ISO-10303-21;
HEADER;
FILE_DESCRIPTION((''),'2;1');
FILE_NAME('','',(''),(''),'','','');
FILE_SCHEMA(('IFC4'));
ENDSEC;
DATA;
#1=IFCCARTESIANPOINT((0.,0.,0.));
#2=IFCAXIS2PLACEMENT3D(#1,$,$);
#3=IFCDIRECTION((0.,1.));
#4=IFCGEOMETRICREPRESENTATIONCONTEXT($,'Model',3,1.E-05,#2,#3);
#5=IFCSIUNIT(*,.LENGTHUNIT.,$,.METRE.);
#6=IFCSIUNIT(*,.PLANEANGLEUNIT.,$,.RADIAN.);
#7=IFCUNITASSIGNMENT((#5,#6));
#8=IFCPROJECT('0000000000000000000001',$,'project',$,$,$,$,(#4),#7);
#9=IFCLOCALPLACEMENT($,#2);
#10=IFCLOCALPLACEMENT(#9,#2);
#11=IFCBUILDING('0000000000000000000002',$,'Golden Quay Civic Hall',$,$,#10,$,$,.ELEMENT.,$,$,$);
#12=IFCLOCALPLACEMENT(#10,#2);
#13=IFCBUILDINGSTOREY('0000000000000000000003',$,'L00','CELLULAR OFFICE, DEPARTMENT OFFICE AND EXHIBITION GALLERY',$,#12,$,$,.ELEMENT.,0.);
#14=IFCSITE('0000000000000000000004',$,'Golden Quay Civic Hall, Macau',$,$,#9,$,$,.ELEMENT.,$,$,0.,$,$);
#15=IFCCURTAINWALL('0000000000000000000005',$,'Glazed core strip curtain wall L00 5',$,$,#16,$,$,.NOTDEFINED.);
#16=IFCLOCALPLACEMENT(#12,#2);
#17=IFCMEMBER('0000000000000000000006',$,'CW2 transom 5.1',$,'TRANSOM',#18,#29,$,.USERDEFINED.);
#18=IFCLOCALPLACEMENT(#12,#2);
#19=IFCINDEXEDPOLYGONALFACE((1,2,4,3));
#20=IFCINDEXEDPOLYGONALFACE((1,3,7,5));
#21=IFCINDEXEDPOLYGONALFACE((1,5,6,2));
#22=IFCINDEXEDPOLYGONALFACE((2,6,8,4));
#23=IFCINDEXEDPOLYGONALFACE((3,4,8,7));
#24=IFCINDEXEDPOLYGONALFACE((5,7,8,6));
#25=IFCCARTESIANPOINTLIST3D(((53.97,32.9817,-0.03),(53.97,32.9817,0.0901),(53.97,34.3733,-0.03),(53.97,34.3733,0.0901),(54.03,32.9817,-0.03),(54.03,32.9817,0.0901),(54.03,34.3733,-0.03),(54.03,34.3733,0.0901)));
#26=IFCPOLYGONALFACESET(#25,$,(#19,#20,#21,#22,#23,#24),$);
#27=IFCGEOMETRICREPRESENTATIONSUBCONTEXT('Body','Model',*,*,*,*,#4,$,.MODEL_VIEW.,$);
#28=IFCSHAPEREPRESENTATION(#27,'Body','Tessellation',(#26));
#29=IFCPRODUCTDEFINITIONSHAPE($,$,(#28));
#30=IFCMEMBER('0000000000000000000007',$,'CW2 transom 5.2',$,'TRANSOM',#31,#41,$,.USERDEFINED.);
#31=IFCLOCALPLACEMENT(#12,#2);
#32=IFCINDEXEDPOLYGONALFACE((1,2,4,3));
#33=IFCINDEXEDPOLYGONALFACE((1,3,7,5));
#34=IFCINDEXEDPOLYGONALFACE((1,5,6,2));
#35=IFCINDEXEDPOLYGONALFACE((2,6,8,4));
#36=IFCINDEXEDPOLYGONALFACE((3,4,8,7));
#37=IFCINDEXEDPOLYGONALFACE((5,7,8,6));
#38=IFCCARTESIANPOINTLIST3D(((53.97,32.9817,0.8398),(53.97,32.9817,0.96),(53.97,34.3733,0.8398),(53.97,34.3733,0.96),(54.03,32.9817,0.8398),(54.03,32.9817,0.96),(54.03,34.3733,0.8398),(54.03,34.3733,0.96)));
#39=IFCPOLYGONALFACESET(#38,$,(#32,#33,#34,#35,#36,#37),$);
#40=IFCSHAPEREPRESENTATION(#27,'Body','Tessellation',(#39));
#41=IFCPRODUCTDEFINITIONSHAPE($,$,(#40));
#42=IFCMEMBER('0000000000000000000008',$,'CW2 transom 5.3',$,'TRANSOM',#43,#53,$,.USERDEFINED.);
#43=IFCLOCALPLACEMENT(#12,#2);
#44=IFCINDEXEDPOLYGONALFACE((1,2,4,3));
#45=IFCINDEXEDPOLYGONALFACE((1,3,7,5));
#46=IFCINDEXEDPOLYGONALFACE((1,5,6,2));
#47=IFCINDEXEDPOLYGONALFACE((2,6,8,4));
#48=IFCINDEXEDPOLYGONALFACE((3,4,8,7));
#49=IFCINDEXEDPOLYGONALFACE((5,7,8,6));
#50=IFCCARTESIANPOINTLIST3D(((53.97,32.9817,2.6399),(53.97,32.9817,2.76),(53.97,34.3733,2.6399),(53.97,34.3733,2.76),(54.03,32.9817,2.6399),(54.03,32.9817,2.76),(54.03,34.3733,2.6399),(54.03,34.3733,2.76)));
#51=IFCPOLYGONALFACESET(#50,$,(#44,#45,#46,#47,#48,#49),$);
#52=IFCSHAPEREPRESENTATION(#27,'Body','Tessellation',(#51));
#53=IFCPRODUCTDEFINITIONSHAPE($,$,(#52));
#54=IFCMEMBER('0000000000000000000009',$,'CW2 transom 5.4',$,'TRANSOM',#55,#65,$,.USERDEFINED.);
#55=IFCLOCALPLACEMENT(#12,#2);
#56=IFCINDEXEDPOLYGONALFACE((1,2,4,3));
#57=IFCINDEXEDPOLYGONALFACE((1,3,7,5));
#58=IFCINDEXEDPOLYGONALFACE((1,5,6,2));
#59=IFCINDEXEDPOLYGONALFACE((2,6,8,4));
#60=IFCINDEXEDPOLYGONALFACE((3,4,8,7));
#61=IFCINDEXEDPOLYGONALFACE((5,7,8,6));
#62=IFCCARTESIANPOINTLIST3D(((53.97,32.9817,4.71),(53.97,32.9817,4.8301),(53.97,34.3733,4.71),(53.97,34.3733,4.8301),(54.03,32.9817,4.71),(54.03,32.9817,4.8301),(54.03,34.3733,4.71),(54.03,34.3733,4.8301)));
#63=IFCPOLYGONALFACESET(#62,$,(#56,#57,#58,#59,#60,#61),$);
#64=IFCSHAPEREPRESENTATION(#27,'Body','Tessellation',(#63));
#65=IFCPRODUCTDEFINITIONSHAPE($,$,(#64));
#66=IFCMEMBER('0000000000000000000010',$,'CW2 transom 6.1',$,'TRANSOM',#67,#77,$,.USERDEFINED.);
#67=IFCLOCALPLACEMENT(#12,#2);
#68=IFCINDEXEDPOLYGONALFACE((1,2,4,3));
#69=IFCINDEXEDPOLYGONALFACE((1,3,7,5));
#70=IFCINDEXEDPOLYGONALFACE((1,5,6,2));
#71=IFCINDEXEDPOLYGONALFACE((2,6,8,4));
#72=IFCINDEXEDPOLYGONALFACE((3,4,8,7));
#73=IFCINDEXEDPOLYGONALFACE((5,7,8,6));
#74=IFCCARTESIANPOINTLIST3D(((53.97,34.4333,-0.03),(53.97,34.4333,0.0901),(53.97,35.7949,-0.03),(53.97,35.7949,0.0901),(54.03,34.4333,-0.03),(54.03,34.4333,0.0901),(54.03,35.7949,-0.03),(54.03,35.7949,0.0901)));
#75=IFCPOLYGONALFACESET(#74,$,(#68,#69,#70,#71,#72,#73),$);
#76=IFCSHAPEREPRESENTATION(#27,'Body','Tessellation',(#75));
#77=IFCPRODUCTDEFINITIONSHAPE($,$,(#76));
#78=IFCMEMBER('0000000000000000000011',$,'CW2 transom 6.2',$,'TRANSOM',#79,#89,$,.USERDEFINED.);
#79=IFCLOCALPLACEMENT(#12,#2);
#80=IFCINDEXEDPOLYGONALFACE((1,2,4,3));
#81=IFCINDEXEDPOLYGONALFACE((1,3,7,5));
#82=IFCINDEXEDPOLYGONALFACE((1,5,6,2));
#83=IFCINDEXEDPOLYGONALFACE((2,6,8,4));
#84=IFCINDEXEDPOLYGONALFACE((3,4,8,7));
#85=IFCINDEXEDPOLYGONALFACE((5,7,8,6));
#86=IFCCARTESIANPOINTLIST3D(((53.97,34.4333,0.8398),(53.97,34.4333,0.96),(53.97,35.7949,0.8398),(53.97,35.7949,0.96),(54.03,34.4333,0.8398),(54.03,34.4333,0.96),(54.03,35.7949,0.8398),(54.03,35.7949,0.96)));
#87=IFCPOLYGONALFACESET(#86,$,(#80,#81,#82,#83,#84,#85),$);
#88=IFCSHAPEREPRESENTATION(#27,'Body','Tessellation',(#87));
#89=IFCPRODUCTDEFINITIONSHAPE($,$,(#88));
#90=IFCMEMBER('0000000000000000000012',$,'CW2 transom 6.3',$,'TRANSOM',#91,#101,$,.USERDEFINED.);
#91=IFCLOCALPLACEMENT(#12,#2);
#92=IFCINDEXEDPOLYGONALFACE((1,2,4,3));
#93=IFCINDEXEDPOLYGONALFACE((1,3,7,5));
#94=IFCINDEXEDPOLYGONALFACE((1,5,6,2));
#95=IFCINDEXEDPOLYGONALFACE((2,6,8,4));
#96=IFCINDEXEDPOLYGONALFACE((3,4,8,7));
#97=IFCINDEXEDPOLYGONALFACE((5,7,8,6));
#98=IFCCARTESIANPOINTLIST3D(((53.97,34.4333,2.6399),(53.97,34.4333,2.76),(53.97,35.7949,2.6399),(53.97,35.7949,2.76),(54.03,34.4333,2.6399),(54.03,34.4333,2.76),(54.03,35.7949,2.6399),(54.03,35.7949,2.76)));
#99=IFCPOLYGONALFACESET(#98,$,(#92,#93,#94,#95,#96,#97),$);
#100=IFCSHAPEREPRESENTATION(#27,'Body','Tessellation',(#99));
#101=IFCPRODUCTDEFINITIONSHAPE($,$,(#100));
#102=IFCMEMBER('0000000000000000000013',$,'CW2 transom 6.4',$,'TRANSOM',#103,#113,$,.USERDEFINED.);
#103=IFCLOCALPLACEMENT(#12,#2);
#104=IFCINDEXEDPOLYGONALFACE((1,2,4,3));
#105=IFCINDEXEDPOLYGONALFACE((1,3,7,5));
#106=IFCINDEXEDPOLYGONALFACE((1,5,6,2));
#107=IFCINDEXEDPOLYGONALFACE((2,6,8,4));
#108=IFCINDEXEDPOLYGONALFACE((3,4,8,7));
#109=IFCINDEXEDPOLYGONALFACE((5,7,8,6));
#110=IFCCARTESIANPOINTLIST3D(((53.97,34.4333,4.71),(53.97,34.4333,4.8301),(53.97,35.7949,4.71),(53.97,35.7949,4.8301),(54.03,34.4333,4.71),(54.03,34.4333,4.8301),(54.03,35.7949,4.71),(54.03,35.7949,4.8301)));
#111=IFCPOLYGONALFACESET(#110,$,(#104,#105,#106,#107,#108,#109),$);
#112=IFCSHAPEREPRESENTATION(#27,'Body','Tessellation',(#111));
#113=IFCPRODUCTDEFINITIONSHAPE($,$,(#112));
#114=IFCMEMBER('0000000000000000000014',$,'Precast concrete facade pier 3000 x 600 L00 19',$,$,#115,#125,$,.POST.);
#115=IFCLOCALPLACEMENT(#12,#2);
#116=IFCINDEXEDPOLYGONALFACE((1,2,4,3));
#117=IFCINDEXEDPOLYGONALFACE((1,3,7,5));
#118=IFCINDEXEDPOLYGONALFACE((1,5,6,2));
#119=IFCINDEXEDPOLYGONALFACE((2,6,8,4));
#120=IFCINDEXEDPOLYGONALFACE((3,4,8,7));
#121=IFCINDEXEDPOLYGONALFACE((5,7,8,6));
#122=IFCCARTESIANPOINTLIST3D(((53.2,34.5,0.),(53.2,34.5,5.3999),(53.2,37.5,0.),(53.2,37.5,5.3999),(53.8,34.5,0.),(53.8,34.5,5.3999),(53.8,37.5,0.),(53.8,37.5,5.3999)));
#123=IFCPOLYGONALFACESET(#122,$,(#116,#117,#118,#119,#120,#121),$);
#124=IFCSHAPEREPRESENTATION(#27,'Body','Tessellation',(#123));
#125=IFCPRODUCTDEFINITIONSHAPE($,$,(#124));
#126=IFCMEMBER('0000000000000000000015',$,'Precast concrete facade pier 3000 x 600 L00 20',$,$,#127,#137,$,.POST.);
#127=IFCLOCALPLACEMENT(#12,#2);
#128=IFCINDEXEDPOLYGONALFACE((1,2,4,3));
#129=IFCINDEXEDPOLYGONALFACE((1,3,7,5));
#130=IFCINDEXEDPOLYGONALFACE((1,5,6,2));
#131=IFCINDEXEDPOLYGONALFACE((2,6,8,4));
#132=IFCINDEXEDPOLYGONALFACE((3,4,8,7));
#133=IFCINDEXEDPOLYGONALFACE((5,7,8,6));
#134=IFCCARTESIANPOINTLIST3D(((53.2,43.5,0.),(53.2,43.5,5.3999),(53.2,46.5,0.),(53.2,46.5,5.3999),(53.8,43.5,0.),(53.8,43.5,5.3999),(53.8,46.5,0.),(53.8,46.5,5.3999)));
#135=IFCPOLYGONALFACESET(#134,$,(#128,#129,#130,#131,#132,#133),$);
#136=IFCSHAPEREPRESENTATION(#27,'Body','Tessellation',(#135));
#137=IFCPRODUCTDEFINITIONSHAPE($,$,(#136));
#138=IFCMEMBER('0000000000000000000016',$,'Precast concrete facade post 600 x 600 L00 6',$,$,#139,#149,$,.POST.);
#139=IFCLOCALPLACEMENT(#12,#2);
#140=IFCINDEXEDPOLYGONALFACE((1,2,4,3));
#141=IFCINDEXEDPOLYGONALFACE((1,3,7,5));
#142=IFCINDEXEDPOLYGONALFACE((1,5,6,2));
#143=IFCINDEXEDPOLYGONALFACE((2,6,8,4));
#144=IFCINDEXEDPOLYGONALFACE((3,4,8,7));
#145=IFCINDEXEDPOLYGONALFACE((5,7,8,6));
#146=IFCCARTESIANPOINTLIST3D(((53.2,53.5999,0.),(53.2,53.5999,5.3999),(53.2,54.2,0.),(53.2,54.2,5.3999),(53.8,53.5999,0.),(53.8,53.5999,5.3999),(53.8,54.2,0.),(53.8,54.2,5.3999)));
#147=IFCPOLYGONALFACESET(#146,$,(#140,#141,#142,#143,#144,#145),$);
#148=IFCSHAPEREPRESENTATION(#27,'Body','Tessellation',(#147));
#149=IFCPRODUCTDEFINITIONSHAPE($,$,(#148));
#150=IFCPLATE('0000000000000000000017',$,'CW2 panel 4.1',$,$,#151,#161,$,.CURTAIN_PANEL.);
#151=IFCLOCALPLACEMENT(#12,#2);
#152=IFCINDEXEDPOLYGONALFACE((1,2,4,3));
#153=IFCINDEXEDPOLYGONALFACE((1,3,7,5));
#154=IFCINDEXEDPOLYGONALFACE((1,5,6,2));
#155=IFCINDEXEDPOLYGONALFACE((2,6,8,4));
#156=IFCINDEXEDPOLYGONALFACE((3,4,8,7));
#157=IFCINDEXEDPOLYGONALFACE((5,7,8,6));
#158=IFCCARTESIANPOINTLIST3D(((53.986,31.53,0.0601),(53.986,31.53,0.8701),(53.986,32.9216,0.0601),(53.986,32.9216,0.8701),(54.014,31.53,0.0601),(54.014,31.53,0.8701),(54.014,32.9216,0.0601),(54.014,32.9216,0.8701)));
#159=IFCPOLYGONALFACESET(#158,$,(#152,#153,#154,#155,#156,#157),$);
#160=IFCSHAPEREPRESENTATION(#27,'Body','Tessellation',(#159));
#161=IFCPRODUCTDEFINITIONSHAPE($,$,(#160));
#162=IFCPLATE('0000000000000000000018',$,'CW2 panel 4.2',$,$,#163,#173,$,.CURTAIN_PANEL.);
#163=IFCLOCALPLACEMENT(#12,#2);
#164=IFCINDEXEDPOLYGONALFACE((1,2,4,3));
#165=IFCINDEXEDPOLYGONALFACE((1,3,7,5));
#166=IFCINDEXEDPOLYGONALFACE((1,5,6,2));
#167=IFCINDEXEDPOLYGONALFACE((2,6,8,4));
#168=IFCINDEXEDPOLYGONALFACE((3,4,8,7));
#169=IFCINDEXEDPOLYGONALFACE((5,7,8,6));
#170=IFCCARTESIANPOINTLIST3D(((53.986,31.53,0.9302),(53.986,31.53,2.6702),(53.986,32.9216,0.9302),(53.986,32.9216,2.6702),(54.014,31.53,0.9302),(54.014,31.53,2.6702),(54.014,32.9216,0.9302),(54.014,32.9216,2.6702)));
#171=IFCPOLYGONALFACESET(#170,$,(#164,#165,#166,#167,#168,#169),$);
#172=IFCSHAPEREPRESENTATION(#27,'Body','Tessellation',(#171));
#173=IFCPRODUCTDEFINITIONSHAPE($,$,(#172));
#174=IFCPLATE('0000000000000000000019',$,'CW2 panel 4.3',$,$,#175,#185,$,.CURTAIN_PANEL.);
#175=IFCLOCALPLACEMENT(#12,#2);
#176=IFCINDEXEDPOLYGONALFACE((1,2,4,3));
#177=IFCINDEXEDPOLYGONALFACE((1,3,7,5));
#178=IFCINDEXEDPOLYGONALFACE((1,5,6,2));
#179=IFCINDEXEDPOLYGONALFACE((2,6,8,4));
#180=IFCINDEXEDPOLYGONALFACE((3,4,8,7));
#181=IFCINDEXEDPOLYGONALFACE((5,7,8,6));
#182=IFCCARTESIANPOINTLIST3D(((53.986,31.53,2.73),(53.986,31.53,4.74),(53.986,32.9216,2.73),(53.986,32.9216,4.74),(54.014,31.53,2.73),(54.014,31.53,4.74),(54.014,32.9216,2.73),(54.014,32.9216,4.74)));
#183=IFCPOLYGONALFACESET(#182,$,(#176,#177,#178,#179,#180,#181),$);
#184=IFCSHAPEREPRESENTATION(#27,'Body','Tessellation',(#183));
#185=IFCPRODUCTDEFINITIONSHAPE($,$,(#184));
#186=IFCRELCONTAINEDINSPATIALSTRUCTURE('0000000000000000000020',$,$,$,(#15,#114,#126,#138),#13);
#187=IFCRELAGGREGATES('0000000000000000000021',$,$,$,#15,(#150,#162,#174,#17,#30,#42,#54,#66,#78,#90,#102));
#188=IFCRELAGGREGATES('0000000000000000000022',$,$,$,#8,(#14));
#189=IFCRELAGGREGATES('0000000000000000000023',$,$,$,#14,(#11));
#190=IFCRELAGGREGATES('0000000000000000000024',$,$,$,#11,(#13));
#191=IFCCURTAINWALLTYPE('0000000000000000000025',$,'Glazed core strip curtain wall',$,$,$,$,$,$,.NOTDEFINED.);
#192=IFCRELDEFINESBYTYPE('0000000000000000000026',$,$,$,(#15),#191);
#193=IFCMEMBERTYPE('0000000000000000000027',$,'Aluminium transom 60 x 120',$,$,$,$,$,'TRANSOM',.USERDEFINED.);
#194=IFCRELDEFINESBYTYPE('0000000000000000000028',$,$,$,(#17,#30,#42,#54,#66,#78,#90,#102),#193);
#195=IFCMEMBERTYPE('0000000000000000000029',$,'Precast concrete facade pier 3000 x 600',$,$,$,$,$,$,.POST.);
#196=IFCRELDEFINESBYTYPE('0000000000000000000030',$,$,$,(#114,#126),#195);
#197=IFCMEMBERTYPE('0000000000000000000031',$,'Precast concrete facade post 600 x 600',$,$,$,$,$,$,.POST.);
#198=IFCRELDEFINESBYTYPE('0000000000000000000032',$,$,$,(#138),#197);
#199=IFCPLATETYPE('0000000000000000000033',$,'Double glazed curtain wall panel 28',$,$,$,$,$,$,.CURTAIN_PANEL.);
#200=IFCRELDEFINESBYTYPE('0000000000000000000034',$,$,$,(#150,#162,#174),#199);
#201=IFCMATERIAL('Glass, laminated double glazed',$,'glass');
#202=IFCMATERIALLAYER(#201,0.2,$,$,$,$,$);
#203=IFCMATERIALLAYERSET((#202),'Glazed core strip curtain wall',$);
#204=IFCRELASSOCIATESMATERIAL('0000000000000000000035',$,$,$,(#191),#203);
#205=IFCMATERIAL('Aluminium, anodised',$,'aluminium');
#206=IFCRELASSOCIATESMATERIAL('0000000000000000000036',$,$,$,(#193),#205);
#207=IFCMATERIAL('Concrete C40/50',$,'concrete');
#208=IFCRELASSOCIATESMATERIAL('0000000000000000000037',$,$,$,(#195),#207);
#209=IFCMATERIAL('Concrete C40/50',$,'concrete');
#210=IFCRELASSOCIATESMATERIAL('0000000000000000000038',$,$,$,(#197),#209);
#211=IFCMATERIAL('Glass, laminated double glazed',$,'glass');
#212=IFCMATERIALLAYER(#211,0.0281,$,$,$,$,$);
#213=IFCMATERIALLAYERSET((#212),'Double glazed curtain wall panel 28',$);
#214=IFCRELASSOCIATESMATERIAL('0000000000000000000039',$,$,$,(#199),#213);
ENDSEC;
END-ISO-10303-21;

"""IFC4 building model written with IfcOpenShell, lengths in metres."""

from ifc_helpers import new_model, si_unit, direction, frame, origin, origin_2d, place, context, subcontext, project, spatial, rectangle, extrude, material, layer, layer_set, material_profile, profile_set, type_object, element, aggregate, save


model = new_model("IFC4")

# Units and contexts
model_context = context("Model", 3, precision=1e-05, world=origin(), true_north=direction((0.0, 1.0)))
body_context = subcontext(model_context, "Body", "Model", "MODEL_VIEW")
ifc_project = project(units=[si_unit("LENGTHUNIT", "METRE"), si_unit("PLANEANGLEUNIT", "RADIAN")], contexts=[model_context])

# Site, building, storey
site_placement = place(None, origin())
site = spatial("IfcSite", under=ifc_project, at=site_placement, Name="Golden Quay Civic Hall, Macau", CompositionType="ELEMENT", RefElevation=0.0)
building_placement = place(site_placement, origin())
building = spatial("IfcBuilding", under=site, at=building_placement, Name="Golden Quay Civic Hall", CompositionType="ELEMENT")
storey_placement = place(building_placement, origin())
storey = spatial("IfcBuildingStorey", under=building, at=storey_placement, Name="L00", Description="CELLULAR OFFICE, DEPARTMENT OFFICE AND EXHIBITION GALLERY", CompositionType="ELEMENT", Elevation=0.0)

# Curtain wall, members
ifc_material_1 = material(Name="Glass, laminated double glazed", Category="glass")
ifc_layer_1 = layer(ifc_material_1, 0.2)
ifc_layer_set_1 = layer_set([ifc_layer_1], Name="Glazed core strip curtain wall")
curtain_wall_type = type_object("IfcCurtainWallType", Name="Glazed core strip curtain wall", PredefinedType="NOTDEFINED", material=ifc_layer_set_1)
curtain_wall_placement = place(storey_placement, origin())
curtain_wall = element("IfcCurtainWall", 1, at=curtain_wall_placement, inside=storey, type_object=curtain_wall_type, Name="Glazed core strip curtain wall L00 5", PredefinedType="NOTDEFINED")
ifc_material_2 = material(Name="Aluminium, anodised", Category="aluminium")
ifc_material_profile_1 = material_profile(ifc_material_2, rectangle(XDim=0.0601, YDim=0.1201, at=origin_2d()), Name="Aluminium 60 x 120")
ifc_profile_set_1 = profile_set([ifc_material_profile_1], Name="Aluminium, anodised")
member_type_1 = type_object("IfcMemberType", Name="Aluminium transom 60 x 120", ElementType="TRANSOM", PredefinedType="USERDEFINED", material=ifc_profile_set_1)
member_1_placement = place(storey_placement, frame((54.0, 32.9817, 0.03), z_axis=(0.0, 1.0, 0.0), x_axis=(-1.0, 0.0, 0.0)))
member_1 = element("IfcMember", 2, at=member_1_placement, type_object=member_type_1, Name="CW2 transom 5.1", ObjectType="TRANSOM", PredefinedType="USERDEFINED", context=body_context, shape_type="SweptSolid", body=[
    extrude(rectangle(XDim=0.0601, YDim=0.1201, at=origin_2d()), origin(), (0.0, 0.0, 1.0), 1.3916),
])
member_2_placement = place(storey_placement, frame((54.0, 32.9817, 0.8999), z_axis=(0.0, 1.0, 0.0), x_axis=(-1.0, 0.0, 0.0)))
member_2 = element("IfcMember", 3, at=member_2_placement, type_object=member_type_1, Name="CW2 transom 5.2", ObjectType="TRANSOM", PredefinedType="USERDEFINED", context=body_context, shape_type="SweptSolid", body=[
    extrude(rectangle(XDim=0.0601, YDim=0.1201, at=origin_2d()), origin(), (0.0, 0.0, 1.0), 1.3916),
])
member_3_placement = place(storey_placement, frame((54.0, 32.9817, 2.7), z_axis=(0.0, 1.0, 0.0), x_axis=(-1.0, 0.0, 0.0)))
member_3 = element("IfcMember", 4, at=member_3_placement, type_object=member_type_1, Name="CW2 transom 5.3", ObjectType="TRANSOM", PredefinedType="USERDEFINED", context=body_context, shape_type="SweptSolid", body=[
    extrude(rectangle(XDim=0.0601, YDim=0.1201, at=origin_2d()), origin(), (0.0, 0.0, 1.0), 1.3916),
])
member_4_placement = place(storey_placement, frame((54.0, 32.9817, 4.77), z_axis=(0.0, 1.0, 0.0), x_axis=(-1.0, 0.0, 0.0)))
member_4 = element("IfcMember", 5, at=member_4_placement, type_object=member_type_1, Name="CW2 transom 5.4", ObjectType="TRANSOM", PredefinedType="USERDEFINED", context=body_context, shape_type="SweptSolid", body=[
    extrude(rectangle(XDim=0.0601, YDim=0.1201, at=origin_2d()), origin(), (0.0, 0.0, 1.0), 1.3916),
])
member_5_placement = place(storey_placement, frame((54.0, 34.4333, 0.03), z_axis=(0.0, 1.0, 0.0), x_axis=(-1.0, 0.0, 0.0)))
member_5 = element("IfcMember", 6, at=member_5_placement, type_object=member_type_1, Name="CW2 transom 6.1", ObjectType="TRANSOM", PredefinedType="USERDEFINED", context=body_context, shape_type="SweptSolid", body=[
    extrude(rectangle(XDim=0.0601, YDim=0.1201, at=origin_2d()), origin(), (0.0, 0.0, 1.0), 1.3616),
])
member_6_placement = place(storey_placement, frame((54.0, 34.4333, 0.8999), z_axis=(0.0, 1.0, 0.0), x_axis=(-1.0, 0.0, 0.0)))
member_6 = element("IfcMember", 7, at=member_6_placement, type_object=member_type_1, Name="CW2 transom 6.2", ObjectType="TRANSOM", PredefinedType="USERDEFINED", context=body_context, shape_type="SweptSolid", body=[
    extrude(rectangle(XDim=0.0601, YDim=0.1201, at=origin_2d()), origin(), (0.0, 0.0, 1.0), 1.3616),
])
member_7_placement = place(storey_placement, frame((54.0, 34.4333, 2.7), z_axis=(0.0, 1.0, 0.0), x_axis=(-1.0, 0.0, 0.0)))
member_7 = element("IfcMember", 8, at=member_7_placement, type_object=member_type_1, Name="CW2 transom 6.3", ObjectType="TRANSOM", PredefinedType="USERDEFINED", context=body_context, shape_type="SweptSolid", body=[
    extrude(rectangle(XDim=0.0601, YDim=0.1201, at=origin_2d()), origin(), (0.0, 0.0, 1.0), 1.3616),
])
member_8_placement = place(storey_placement, frame((54.0, 34.4333, 4.77), z_axis=(0.0, 1.0, 0.0), x_axis=(-1.0, 0.0, 0.0)))
member_8 = element("IfcMember", 9, at=member_8_placement, type_object=member_type_1, Name="CW2 transom 6.4", ObjectType="TRANSOM", PredefinedType="USERDEFINED", context=body_context, shape_type="SweptSolid", body=[
    extrude(rectangle(XDim=0.0601, YDim=0.1201, at=origin_2d()), origin(), (0.0, 0.0, 1.0), 1.3616),
])

# Members
ifc_material_3 = material(Name="Concrete C40/50", Category="concrete")
ifc_material_profile_2 = material_profile(ifc_material_3, rectangle(XDim=3.0, YDim=0.6001, at=origin_2d()), Name="RC 3000x600")
ifc_profile_set_2 = profile_set([ifc_material_profile_2], Name="Concrete C40/50")
member_type_2 = type_object("IfcMemberType", Name="Precast concrete facade pier 3000 x 600", PredefinedType="POST", material=ifc_profile_set_2)
for number, where, z_axis, x_axis, name in (
    (10, (53.5, 36.0, 0.0), (0.0, 0.0, 1.0), (0.0, 1.0, 0.0), "Precast concrete facade pier 3000 x 600 L00 19"),
    (11, (53.5, 45.0, 0.0), (0.0, 0.0, 1.0), (0.0, 1.0, 0.0), "Precast concrete facade pier 3000 x 600 L00 20"),
):
    element("IfcMember", number, at=place(storey_placement, frame(where, z_axis=z_axis, x_axis=x_axis)), inside=storey, type_object=member_type_2, Name=name, PredefinedType="POST", context=body_context, shape_type="SweptSolid", body=[
        extrude(rectangle(XDim=3.0, YDim=0.6001, at=origin_2d()), origin(), (0.0, 0.0, 1.0), 5.3999),
    ])
ifc_material_4 = material(Name="Concrete C40/50", Category="concrete")
ifc_material_profile_3 = material_profile(ifc_material_4, rectangle(XDim=0.6001, YDim=0.6001, at=origin_2d()), Name="RC 600x600")
ifc_profile_set_3 = profile_set([ifc_material_profile_3], Name="Concrete C40/50")
member_type_3 = type_object("IfcMemberType", Name="Precast concrete facade post 600 x 600", PredefinedType="POST", material=ifc_profile_set_3)
member_9_placement = place(storey_placement, frame((53.5, 53.8999, 0.0), z_axis=(0.0, 0.0, 1.0), x_axis=(1.0, 0.0, 0.0)))
element("IfcMember", 12, at=member_9_placement, inside=storey, type_object=member_type_3, Name="Precast concrete facade post 600 x 600 L00 6", PredefinedType="POST", context=body_context, shape_type="SweptSolid", body=[
    extrude(rectangle(XDim=0.6001, YDim=0.6001, at=origin_2d()), origin(), (0.0, 0.0, 1.0), 5.3999),
])

# Plates
ifc_material_5 = material(Name="Glass, laminated double glazed", Category="glass")
ifc_layer_2 = layer(ifc_material_5, 0.0281)
ifc_layer_set_2 = layer_set([ifc_layer_2], Name="Double glazed curtain wall panel 28")
plate_type = type_object("IfcPlateType", Name="Double glazed curtain wall panel 28", PredefinedType="CURTAIN_PANEL", material=ifc_layer_set_2)
plate_1_placement = place(storey_placement, frame((54.0, 32.2258, 0.0601), z_axis=(0.0, 0.0, 1.0), x_axis=(0.0, 1.0, 0.0)))
plate_1 = element("IfcPlate", 13, at=plate_1_placement, type_object=plate_type, Name="CW2 panel 4.1", PredefinedType="CURTAIN_PANEL", context=body_context, shape_type="SweptSolid", body=[
    extrude(rectangle(XDim=1.3916, YDim=0.0281, at=origin_2d()), origin(), (0.0, 0.0, 1.0), 0.8101),
])
plate_2_placement = place(storey_placement, frame((54.0, 32.2258, 0.9302), z_axis=(0.0, 0.0, 1.0), x_axis=(0.0, 1.0, 0.0)))
plate_2 = element("IfcPlate", 14, at=plate_2_placement, type_object=plate_type, Name="CW2 panel 4.2", PredefinedType="CURTAIN_PANEL", context=body_context, shape_type="SweptSolid", body=[
    extrude(rectangle(XDim=1.3916, YDim=0.0281, at=origin_2d()), origin(), (0.0, 0.0, 1.0), 1.74),
])
plate_3_placement = place(storey_placement, frame((54.0, 32.2258, 2.73), z_axis=(0.0, 0.0, 1.0), x_axis=(0.0, 1.0, 0.0)))
plate_3 = element("IfcPlate", 15, at=plate_3_placement, type_object=plate_type, Name="CW2 panel 4.3", PredefinedType="CURTAIN_PANEL", context=body_context, shape_type="SweptSolid", body=[
    extrude(rectangle(XDim=1.3916, YDim=0.0281, at=origin_2d()), origin(), (0.0, 0.0, 1.0), 2.01),
])
aggregate(curtain_wall, [plate_1, plate_2, plate_3, member_1, member_2, member_3, member_4, member_5, member_6, member_7, member_8])

save(model, "model.ifc")
